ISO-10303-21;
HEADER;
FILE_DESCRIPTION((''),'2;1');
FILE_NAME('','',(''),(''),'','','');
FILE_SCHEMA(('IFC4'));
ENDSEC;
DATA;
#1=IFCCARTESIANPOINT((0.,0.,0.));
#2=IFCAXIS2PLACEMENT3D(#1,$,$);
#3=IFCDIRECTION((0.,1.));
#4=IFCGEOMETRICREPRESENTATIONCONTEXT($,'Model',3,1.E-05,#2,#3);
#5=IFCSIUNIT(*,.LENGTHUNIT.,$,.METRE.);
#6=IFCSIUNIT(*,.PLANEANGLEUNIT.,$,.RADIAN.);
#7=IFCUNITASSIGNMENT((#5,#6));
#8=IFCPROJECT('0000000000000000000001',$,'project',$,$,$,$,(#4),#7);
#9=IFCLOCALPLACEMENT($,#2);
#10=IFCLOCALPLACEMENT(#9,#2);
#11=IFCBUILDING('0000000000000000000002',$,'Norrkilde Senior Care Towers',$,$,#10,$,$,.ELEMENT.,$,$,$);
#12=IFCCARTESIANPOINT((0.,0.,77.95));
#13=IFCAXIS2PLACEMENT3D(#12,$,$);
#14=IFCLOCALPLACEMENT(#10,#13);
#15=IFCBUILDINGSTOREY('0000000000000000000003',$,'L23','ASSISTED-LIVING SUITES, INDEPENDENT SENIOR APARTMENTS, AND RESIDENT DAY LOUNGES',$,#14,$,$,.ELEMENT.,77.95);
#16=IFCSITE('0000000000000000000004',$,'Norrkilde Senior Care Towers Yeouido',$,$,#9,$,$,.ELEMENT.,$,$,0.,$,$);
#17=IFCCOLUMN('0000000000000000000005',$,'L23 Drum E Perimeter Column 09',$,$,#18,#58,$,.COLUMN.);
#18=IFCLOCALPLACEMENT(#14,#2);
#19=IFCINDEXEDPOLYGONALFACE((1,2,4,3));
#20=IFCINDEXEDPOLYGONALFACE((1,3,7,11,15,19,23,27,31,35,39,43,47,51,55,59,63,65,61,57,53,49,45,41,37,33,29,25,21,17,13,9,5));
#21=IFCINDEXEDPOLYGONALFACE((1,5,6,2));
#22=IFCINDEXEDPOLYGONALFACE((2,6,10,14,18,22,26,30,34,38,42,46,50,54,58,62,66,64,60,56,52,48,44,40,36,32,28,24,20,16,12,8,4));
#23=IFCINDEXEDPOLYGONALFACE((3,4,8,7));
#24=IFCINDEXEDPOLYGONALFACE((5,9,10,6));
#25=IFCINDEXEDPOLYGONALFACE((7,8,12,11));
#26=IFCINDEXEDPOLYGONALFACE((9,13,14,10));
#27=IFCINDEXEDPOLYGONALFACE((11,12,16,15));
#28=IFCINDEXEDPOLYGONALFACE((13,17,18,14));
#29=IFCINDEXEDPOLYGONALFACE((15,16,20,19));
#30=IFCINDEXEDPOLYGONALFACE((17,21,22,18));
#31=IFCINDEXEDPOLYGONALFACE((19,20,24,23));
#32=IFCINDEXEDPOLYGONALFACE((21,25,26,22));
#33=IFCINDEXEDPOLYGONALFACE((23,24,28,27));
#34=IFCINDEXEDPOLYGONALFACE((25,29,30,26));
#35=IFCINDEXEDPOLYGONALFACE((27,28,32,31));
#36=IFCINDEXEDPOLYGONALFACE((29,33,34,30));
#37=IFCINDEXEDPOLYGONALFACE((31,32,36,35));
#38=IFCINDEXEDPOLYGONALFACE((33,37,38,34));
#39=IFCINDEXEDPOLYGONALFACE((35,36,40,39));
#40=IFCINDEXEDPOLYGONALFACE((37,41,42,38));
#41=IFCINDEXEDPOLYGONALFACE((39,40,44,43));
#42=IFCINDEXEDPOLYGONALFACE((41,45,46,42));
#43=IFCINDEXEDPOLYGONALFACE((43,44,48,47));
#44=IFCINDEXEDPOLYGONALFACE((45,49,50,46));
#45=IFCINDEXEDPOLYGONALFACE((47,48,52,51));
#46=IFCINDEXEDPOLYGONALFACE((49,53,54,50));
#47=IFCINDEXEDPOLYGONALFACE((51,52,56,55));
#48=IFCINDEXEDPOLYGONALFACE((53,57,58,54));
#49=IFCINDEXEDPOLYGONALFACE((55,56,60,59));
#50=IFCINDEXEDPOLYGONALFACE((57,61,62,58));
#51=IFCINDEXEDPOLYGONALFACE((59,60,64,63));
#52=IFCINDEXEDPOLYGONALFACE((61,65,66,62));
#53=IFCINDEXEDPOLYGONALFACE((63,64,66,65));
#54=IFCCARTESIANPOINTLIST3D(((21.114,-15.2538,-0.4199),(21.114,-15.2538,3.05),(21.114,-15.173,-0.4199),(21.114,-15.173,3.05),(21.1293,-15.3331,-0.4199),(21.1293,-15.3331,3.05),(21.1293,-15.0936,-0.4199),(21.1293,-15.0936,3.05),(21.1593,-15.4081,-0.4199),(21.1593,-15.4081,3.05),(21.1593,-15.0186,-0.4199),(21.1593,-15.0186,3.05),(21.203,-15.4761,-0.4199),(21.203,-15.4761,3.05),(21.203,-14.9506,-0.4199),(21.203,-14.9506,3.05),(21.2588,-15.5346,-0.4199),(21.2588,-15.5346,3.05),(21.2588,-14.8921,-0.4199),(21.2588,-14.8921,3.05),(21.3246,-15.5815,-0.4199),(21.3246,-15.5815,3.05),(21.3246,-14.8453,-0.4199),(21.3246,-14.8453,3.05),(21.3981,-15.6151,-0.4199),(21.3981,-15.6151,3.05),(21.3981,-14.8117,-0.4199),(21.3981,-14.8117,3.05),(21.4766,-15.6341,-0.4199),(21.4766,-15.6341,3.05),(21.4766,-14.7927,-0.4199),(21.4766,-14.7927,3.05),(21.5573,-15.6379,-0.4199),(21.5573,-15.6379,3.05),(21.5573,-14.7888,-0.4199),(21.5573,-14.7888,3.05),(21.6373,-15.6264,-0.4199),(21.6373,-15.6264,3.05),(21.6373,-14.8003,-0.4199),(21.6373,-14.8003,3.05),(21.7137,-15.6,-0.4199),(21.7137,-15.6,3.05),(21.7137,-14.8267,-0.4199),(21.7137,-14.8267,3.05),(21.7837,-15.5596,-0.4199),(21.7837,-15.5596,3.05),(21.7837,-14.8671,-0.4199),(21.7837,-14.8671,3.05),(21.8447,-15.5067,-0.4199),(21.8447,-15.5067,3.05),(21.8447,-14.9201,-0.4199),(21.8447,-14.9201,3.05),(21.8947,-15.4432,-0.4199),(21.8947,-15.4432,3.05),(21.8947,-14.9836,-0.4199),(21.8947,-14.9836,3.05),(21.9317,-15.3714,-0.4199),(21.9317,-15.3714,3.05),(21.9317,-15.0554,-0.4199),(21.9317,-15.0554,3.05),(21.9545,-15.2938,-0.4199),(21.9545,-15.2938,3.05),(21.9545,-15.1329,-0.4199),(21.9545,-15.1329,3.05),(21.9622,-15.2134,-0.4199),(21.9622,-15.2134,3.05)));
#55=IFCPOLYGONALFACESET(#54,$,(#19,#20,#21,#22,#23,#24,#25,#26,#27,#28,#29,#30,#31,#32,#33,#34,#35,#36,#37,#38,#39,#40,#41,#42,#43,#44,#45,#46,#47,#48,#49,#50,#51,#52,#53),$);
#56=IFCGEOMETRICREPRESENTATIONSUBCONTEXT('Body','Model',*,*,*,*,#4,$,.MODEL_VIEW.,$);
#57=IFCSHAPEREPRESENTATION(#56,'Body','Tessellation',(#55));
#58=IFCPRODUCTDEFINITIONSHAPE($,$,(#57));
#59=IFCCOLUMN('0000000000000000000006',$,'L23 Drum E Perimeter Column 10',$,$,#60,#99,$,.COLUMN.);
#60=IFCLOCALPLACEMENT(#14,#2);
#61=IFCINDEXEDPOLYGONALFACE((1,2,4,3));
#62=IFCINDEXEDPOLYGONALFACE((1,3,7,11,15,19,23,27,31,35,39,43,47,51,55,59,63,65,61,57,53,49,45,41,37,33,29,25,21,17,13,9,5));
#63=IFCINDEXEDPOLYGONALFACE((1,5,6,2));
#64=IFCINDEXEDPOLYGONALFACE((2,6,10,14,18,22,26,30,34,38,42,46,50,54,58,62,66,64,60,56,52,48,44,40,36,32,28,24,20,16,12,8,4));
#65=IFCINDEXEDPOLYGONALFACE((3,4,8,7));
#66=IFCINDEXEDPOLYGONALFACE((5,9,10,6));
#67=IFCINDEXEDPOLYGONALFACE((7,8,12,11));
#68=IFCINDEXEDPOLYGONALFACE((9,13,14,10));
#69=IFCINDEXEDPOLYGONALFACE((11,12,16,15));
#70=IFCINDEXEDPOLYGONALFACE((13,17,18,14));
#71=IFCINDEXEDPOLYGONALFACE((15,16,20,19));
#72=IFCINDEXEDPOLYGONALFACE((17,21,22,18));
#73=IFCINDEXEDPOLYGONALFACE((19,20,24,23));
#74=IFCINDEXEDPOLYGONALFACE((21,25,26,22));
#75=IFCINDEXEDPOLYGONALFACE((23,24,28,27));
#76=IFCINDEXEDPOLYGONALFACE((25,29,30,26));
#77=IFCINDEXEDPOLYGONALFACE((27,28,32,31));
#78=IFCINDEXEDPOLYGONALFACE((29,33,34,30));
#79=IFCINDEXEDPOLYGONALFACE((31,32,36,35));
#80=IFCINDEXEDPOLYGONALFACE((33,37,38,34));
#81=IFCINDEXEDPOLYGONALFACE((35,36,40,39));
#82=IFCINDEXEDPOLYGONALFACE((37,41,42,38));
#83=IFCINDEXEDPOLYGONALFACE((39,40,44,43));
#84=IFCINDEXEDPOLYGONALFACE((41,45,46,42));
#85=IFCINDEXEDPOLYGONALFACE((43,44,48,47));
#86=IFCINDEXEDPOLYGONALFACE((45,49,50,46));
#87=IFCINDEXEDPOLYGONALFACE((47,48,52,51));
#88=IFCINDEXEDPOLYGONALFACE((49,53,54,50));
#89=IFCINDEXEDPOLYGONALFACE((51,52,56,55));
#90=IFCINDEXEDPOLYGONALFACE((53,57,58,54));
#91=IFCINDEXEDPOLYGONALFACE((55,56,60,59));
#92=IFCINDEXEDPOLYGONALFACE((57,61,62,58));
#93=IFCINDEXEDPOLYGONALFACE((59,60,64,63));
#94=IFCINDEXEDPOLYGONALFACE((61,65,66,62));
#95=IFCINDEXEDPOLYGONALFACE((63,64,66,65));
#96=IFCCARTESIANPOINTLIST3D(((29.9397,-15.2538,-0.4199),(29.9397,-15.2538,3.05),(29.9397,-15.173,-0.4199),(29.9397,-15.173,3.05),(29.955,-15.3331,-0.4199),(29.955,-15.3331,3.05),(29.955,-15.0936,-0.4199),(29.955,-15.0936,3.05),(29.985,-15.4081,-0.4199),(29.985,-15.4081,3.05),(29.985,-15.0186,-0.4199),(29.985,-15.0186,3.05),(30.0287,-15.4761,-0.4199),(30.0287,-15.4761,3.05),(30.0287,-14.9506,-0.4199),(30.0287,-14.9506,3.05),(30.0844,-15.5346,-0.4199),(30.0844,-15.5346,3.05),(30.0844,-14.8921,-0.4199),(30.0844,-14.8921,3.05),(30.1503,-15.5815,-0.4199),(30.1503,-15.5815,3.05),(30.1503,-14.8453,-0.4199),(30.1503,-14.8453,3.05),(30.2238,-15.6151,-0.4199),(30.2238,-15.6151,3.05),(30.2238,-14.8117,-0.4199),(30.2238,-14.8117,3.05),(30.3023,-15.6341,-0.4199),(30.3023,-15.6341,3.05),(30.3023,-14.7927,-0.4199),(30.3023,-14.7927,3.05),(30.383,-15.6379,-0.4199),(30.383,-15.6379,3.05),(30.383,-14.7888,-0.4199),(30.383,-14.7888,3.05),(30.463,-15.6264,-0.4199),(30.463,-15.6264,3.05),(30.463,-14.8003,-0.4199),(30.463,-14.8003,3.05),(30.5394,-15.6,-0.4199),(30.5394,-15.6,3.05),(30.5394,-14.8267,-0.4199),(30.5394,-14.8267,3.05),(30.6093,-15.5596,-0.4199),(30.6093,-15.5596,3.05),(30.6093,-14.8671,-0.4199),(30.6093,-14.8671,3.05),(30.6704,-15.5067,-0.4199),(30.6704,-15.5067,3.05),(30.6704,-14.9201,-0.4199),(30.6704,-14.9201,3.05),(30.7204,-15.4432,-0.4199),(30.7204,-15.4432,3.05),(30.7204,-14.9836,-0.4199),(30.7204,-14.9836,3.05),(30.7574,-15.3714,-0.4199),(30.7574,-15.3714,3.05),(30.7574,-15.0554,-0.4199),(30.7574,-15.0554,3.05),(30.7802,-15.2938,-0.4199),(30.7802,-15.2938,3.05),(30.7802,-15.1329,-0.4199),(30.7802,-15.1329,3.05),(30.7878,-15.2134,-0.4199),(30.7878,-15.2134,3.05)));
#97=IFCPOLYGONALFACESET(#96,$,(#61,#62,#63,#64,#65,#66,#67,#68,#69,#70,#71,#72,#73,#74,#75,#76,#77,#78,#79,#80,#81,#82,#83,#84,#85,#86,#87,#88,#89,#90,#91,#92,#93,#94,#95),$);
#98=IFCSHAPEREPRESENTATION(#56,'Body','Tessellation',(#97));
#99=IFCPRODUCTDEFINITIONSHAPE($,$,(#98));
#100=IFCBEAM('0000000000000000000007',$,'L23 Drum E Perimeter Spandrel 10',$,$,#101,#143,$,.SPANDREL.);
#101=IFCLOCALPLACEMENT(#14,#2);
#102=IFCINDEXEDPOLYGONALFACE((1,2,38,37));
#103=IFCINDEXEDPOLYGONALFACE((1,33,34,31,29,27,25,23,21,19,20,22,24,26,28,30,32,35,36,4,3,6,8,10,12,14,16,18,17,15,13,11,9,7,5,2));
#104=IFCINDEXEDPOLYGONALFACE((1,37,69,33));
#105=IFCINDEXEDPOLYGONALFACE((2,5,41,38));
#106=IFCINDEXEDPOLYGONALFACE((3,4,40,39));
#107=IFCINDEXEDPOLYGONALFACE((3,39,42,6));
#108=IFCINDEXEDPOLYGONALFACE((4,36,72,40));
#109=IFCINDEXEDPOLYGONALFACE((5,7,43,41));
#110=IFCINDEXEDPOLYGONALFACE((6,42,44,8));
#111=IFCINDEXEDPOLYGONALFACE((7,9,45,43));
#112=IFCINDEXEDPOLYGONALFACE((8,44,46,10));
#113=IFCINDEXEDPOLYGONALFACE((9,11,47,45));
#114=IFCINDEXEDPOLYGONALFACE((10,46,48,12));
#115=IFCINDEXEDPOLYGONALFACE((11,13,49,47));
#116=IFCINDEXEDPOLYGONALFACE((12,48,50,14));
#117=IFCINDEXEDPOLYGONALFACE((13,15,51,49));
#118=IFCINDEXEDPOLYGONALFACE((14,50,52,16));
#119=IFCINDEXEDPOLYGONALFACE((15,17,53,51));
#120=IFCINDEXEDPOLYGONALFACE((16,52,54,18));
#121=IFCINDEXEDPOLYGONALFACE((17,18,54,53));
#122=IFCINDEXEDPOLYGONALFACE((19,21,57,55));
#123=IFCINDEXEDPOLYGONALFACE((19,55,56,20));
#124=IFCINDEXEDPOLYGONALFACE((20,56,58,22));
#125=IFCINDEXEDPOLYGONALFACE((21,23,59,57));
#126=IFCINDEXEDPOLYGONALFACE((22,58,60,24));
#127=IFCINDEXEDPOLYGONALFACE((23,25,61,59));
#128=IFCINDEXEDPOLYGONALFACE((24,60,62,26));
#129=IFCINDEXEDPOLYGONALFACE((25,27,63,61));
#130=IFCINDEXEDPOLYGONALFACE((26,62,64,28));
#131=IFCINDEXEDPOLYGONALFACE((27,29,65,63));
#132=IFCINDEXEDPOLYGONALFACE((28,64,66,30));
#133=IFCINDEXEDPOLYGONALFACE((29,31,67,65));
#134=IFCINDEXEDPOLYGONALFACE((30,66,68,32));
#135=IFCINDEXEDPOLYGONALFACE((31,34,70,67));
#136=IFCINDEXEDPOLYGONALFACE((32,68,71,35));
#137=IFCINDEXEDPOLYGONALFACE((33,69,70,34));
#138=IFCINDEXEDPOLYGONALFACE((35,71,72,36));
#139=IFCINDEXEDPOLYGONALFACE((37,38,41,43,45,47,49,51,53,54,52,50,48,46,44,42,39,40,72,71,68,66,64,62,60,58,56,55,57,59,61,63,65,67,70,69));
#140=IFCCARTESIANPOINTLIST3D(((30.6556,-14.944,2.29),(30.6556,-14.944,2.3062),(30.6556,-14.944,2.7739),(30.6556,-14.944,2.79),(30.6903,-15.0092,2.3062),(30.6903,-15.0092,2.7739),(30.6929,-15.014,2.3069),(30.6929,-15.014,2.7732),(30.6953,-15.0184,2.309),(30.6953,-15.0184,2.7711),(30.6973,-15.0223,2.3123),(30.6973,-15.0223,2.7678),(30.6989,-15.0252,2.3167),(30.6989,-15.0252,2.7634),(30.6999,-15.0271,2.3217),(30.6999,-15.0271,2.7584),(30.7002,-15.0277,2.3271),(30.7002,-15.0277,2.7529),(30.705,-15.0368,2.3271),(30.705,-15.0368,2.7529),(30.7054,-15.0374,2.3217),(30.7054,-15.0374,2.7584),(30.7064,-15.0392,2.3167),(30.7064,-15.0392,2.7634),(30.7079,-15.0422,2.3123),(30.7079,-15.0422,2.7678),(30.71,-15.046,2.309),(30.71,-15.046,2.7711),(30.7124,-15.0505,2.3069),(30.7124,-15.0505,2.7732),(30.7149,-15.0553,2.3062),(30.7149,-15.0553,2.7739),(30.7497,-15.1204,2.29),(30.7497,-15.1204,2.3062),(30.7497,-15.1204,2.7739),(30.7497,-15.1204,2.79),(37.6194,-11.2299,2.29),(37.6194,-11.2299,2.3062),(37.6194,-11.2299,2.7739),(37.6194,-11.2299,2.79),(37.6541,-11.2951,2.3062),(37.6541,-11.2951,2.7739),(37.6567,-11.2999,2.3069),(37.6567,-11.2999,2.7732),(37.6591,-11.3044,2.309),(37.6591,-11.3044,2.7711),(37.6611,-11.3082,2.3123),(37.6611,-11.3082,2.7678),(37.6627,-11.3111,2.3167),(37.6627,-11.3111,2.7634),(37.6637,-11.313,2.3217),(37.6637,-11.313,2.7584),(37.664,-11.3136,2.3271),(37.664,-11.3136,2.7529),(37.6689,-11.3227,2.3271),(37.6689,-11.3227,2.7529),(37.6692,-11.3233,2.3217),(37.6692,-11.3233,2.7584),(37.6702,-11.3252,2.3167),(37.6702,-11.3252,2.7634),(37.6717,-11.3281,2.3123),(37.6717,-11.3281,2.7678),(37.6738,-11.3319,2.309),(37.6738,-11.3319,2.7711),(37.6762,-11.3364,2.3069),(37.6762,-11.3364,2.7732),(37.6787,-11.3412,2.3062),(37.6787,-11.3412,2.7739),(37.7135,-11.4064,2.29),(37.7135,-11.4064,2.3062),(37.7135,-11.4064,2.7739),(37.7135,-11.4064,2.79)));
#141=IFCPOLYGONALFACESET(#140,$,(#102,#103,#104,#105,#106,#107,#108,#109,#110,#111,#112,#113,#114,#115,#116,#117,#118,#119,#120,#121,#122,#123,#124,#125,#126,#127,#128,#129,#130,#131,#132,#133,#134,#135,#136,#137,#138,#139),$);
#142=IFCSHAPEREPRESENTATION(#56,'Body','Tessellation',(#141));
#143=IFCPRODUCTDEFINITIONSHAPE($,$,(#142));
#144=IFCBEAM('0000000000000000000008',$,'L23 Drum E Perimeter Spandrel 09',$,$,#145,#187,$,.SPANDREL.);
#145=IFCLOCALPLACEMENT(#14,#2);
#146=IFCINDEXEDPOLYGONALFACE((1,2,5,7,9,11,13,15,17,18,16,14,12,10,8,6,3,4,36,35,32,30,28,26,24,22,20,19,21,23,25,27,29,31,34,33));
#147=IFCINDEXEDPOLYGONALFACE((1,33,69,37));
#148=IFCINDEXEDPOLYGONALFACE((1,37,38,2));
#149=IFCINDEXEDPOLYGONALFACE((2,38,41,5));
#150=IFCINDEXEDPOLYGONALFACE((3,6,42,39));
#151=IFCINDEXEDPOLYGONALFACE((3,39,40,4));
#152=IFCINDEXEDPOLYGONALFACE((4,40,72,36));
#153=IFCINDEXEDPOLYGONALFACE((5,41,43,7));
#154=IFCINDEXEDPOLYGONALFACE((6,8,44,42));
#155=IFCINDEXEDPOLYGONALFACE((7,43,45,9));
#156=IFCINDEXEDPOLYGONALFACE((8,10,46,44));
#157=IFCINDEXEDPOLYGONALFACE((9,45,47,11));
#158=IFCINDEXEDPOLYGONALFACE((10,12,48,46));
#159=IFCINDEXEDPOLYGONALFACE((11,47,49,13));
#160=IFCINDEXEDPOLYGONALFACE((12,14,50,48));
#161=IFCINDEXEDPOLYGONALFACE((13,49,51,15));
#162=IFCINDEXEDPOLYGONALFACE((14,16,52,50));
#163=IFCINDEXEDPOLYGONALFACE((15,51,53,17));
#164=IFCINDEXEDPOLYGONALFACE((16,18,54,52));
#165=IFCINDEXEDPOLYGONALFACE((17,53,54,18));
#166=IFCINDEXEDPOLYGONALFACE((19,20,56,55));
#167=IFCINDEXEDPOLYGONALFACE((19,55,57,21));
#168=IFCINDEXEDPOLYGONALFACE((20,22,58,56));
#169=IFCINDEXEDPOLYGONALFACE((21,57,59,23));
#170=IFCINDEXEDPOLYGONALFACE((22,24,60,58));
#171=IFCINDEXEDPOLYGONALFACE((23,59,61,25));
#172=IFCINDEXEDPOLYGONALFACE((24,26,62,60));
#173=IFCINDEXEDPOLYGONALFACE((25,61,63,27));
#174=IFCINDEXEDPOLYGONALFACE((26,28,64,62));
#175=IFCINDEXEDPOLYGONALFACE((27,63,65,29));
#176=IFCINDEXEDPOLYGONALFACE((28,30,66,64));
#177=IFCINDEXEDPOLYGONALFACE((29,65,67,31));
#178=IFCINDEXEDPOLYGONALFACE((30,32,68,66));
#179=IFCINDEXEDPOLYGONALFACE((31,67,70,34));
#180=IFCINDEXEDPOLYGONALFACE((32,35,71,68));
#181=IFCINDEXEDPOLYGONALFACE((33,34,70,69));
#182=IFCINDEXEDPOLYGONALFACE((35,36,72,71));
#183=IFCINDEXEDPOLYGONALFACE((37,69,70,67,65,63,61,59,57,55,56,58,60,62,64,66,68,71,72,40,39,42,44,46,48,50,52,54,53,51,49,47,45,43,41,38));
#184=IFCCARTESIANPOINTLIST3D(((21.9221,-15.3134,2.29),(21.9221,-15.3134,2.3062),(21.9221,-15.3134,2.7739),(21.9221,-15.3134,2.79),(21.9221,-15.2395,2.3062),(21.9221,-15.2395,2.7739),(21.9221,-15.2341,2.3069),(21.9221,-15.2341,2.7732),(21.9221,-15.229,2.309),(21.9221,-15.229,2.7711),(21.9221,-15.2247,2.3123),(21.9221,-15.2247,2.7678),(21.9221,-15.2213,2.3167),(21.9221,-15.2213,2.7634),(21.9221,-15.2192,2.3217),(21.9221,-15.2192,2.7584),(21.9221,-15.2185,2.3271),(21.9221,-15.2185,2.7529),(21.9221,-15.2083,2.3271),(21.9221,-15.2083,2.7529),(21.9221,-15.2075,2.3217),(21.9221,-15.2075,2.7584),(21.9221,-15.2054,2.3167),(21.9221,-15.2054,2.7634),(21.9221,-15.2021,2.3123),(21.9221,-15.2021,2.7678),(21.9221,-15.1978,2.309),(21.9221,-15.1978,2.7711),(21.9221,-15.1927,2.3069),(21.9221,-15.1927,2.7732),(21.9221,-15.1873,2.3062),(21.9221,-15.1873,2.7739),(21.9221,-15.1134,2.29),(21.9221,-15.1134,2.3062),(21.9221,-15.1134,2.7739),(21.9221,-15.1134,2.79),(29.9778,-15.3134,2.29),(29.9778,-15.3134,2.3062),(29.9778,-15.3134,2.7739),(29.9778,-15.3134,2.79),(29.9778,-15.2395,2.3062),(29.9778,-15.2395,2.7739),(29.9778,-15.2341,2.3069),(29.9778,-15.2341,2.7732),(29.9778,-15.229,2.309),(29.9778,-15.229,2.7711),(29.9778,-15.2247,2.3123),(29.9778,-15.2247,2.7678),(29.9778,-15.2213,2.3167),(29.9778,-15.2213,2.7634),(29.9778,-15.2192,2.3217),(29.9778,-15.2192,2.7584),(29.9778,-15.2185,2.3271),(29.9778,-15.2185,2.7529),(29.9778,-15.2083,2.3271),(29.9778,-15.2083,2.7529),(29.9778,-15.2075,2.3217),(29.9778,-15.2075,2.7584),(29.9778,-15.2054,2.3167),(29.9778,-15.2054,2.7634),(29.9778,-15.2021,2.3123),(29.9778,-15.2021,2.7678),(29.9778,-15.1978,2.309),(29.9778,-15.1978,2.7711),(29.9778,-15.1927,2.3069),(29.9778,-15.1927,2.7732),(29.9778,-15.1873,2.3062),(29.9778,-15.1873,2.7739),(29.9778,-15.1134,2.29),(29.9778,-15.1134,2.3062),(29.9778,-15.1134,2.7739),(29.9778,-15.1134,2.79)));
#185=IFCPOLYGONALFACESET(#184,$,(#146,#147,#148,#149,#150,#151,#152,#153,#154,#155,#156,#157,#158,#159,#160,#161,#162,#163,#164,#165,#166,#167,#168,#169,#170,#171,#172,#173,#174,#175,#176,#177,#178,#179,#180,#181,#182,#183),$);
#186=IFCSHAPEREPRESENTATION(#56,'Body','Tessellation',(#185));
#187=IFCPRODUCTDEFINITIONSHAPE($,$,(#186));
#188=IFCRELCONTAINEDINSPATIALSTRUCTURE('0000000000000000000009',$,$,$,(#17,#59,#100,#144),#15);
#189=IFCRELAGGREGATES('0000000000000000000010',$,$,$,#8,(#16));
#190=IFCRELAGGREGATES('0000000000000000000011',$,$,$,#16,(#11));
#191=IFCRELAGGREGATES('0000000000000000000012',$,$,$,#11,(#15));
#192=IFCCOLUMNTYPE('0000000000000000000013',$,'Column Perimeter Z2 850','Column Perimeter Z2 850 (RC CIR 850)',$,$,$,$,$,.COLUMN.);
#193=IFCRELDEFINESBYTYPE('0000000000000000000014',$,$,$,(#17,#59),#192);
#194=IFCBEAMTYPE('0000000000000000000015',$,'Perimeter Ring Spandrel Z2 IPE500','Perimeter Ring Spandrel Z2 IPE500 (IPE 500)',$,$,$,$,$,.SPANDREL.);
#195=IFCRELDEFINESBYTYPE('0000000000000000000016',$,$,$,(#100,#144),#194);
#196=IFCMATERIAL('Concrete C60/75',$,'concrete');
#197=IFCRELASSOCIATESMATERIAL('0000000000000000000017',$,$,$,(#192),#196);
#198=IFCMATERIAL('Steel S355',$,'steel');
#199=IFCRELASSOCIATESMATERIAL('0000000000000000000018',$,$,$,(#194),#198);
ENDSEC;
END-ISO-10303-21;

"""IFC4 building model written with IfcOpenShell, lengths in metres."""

from ifc_helpers import new_model, si_unit, direction, frame, origin, origin_2d, place, context, subcontext, project, spatial, circle, i_section, extrude, source, transform, mapped, material, material_profile, profile_set, type_object, type_shapes, element, save


model = new_model("IFC4")

# Units and contexts
model_context = context("Model", 3, precision=1e-05, world=origin(), true_north=direction((0.0, 1.0)))
body_context = subcontext(model_context, "Body", "Model", "MODEL_VIEW")
ifc_project = project(units=[si_unit("LENGTHUNIT", "METRE"), si_unit("PLANEANGLEUNIT", "RADIAN")], contexts=[model_context])

# Site, building, storey
site_placement = place(None, origin())
site = spatial("IfcSite", under=ifc_project, at=site_placement, Name="Norrkilde Senior Care Towers Yeouido", CompositionType="ELEMENT", RefElevation=0.0)
building_placement = place(site_placement, origin())
building = spatial("IfcBuilding", under=site, at=building_placement, Name="Norrkilde Senior Care Towers", CompositionType="ELEMENT")
storey_placement = place(building_placement, frame((0.0, 0.0, 77.95)))
storey = spatial("IfcBuildingStorey", under=building, at=storey_placement, Name="L23", Description="ASSISTED-LIVING SUITES, INDEPENDENT SENIOR APARTMENTS, AND RESIDENT DAY LOUNGES", CompositionType="ELEMENT", Elevation=77.95)

# Columns
ifc_material_1 = material(Name="Concrete C60/75", Category="concrete")
ifc_material_profile_1 = material_profile(ifc_material_1, circle(Radius=0.425, at=origin_2d()), Name="RC CIR 850")
ifc_profile_set_1 = profile_set([ifc_material_profile_1], Name="Concrete C60/75")
column_type = type_object("IfcColumnType", Name="Column Perimeter Z2 850", Description="Column Perimeter Z2 850 (RC CIR 850)", PredefinedType="COLUMN", material=ifc_profile_set_1)
shared_shape_1 = source(origin(), body_context, "Body", "SweptSolid", [
    extrude(circle(Radius=0.425, at=origin_2d()), origin(), (0.0, 0.0, 1.0), 3.47),
])
type_shapes(column_type, [shared_shape_1])
for number, where, z_axis, x_axis, name in (
    (1, (21.5371, -15.2134, -0.4199), (0.0, 0.0, 1.0), (1.0, 0.0, 0.0), "L23 Drum E Perimeter Column 09"),
    (2, (30.3628, -15.2134, -0.4199), (0.0, 0.0, 1.0), (1.0, 0.0, 0.0), "L23 Drum E Perimeter Column 10"),
):
    element("IfcColumn", number, at=place(storey_placement, frame(where, z_axis=z_axis, x_axis=x_axis)), inside=storey, type_object=column_type, Name=name, PredefinedType="COLUMN", context=body_context, shape_type="MappedRepresentation", body=[
        mapped(shared_shape_1, transform((0.0, 0.0, 0.0), x_axis=(1.0, 0.0, 0.0), y_axis=(0.0, 1.0, 0.0), z_axis=(0.0, 0.0, 1.0), scale=1.0)),
    ])

# Beams
ifc_material_2 = material(Name="Steel S355", Category="steel")
ifc_material_profile_2 = material_profile(ifc_material_2, i_section(OverallWidth=0.2, OverallDepth=0.5, WebThickness=0.0103, FlangeThickness=0.0161, FilletRadius=0.021, at=origin_2d()), Name="IPE 500")
ifc_profile_set_2 = profile_set([ifc_material_profile_2], Name="Steel S355")
beam_type_1 = type_object("IfcBeamType", Name="Perimeter Ring Spandrel Z2 IPE500", Description="Perimeter Ring Spandrel Z2 IPE500 (IPE 500)", PredefinedType="SPANDREL", material=ifc_profile_set_2)
shared_shape_2 = source(origin(), body_context, "Body", "SweptSolid", [
    extrude(i_section(OverallWidth=0.2, OverallDepth=0.5, WebThickness=0.0103, FlangeThickness=0.0161, FilletRadius=0.021, at=origin_2d()), origin(), (0.0, 0.0, 1.0), 7.8923),
])
beam_1_placement = place(storey_placement, frame((30.7026, -15.0322, 2.54), z_axis=(0.88235, 0.470593, 0.0), x_axis=(-0.470593, 0.88235, 0.0)))
element("IfcBeam", 3, at=beam_1_placement, inside=storey, type_object=beam_type_1, Name="L23 Drum E Perimeter Spandrel 10", PredefinedType="SPANDREL", context=body_context, shape_type="MappedRepresentation", body=[
    mapped(shared_shape_2, transform((0.0, 0.0, 0.0), x_axis=(1.0, 0.0, 0.0), y_axis=(0.0, 1.0, 0.0), z_axis=(0.0, 0.0, 1.0), scale=1.0)),
])
shared_shape_3 = source(origin(), body_context, "Body", "SweptSolid", [
    extrude(i_section(OverallWidth=0.2, OverallDepth=0.5, WebThickness=0.0103, FlangeThickness=0.0161, FilletRadius=0.021, at=origin_2d()), origin(), (0.0, 0.0, 1.0), 8.0557),
])
type_shapes(beam_type_1, [shared_shape_2, shared_shape_3])
beam_2_placement = place(storey_placement, frame((21.9221, -15.2134, 2.54), z_axis=(1.0, 0.0, 0.0), x_axis=(0.0, 1.0, 0.0)))
element("IfcBeam", 4, at=beam_2_placement, inside=storey, type_object=beam_type_1, Name="L23 Drum E Perimeter Spandrel 09", PredefinedType="SPANDREL", context=body_context, shape_type="MappedRepresentation", body=[
    mapped(shared_shape_3, transform((0.0, 0.0, 0.0), x_axis=(1.0, 0.0, 0.0), y_axis=(0.0, 1.0, 0.0), z_axis=(0.0, 0.0, 1.0), scale=1.0)),
])

save(model, "model.ifc")
